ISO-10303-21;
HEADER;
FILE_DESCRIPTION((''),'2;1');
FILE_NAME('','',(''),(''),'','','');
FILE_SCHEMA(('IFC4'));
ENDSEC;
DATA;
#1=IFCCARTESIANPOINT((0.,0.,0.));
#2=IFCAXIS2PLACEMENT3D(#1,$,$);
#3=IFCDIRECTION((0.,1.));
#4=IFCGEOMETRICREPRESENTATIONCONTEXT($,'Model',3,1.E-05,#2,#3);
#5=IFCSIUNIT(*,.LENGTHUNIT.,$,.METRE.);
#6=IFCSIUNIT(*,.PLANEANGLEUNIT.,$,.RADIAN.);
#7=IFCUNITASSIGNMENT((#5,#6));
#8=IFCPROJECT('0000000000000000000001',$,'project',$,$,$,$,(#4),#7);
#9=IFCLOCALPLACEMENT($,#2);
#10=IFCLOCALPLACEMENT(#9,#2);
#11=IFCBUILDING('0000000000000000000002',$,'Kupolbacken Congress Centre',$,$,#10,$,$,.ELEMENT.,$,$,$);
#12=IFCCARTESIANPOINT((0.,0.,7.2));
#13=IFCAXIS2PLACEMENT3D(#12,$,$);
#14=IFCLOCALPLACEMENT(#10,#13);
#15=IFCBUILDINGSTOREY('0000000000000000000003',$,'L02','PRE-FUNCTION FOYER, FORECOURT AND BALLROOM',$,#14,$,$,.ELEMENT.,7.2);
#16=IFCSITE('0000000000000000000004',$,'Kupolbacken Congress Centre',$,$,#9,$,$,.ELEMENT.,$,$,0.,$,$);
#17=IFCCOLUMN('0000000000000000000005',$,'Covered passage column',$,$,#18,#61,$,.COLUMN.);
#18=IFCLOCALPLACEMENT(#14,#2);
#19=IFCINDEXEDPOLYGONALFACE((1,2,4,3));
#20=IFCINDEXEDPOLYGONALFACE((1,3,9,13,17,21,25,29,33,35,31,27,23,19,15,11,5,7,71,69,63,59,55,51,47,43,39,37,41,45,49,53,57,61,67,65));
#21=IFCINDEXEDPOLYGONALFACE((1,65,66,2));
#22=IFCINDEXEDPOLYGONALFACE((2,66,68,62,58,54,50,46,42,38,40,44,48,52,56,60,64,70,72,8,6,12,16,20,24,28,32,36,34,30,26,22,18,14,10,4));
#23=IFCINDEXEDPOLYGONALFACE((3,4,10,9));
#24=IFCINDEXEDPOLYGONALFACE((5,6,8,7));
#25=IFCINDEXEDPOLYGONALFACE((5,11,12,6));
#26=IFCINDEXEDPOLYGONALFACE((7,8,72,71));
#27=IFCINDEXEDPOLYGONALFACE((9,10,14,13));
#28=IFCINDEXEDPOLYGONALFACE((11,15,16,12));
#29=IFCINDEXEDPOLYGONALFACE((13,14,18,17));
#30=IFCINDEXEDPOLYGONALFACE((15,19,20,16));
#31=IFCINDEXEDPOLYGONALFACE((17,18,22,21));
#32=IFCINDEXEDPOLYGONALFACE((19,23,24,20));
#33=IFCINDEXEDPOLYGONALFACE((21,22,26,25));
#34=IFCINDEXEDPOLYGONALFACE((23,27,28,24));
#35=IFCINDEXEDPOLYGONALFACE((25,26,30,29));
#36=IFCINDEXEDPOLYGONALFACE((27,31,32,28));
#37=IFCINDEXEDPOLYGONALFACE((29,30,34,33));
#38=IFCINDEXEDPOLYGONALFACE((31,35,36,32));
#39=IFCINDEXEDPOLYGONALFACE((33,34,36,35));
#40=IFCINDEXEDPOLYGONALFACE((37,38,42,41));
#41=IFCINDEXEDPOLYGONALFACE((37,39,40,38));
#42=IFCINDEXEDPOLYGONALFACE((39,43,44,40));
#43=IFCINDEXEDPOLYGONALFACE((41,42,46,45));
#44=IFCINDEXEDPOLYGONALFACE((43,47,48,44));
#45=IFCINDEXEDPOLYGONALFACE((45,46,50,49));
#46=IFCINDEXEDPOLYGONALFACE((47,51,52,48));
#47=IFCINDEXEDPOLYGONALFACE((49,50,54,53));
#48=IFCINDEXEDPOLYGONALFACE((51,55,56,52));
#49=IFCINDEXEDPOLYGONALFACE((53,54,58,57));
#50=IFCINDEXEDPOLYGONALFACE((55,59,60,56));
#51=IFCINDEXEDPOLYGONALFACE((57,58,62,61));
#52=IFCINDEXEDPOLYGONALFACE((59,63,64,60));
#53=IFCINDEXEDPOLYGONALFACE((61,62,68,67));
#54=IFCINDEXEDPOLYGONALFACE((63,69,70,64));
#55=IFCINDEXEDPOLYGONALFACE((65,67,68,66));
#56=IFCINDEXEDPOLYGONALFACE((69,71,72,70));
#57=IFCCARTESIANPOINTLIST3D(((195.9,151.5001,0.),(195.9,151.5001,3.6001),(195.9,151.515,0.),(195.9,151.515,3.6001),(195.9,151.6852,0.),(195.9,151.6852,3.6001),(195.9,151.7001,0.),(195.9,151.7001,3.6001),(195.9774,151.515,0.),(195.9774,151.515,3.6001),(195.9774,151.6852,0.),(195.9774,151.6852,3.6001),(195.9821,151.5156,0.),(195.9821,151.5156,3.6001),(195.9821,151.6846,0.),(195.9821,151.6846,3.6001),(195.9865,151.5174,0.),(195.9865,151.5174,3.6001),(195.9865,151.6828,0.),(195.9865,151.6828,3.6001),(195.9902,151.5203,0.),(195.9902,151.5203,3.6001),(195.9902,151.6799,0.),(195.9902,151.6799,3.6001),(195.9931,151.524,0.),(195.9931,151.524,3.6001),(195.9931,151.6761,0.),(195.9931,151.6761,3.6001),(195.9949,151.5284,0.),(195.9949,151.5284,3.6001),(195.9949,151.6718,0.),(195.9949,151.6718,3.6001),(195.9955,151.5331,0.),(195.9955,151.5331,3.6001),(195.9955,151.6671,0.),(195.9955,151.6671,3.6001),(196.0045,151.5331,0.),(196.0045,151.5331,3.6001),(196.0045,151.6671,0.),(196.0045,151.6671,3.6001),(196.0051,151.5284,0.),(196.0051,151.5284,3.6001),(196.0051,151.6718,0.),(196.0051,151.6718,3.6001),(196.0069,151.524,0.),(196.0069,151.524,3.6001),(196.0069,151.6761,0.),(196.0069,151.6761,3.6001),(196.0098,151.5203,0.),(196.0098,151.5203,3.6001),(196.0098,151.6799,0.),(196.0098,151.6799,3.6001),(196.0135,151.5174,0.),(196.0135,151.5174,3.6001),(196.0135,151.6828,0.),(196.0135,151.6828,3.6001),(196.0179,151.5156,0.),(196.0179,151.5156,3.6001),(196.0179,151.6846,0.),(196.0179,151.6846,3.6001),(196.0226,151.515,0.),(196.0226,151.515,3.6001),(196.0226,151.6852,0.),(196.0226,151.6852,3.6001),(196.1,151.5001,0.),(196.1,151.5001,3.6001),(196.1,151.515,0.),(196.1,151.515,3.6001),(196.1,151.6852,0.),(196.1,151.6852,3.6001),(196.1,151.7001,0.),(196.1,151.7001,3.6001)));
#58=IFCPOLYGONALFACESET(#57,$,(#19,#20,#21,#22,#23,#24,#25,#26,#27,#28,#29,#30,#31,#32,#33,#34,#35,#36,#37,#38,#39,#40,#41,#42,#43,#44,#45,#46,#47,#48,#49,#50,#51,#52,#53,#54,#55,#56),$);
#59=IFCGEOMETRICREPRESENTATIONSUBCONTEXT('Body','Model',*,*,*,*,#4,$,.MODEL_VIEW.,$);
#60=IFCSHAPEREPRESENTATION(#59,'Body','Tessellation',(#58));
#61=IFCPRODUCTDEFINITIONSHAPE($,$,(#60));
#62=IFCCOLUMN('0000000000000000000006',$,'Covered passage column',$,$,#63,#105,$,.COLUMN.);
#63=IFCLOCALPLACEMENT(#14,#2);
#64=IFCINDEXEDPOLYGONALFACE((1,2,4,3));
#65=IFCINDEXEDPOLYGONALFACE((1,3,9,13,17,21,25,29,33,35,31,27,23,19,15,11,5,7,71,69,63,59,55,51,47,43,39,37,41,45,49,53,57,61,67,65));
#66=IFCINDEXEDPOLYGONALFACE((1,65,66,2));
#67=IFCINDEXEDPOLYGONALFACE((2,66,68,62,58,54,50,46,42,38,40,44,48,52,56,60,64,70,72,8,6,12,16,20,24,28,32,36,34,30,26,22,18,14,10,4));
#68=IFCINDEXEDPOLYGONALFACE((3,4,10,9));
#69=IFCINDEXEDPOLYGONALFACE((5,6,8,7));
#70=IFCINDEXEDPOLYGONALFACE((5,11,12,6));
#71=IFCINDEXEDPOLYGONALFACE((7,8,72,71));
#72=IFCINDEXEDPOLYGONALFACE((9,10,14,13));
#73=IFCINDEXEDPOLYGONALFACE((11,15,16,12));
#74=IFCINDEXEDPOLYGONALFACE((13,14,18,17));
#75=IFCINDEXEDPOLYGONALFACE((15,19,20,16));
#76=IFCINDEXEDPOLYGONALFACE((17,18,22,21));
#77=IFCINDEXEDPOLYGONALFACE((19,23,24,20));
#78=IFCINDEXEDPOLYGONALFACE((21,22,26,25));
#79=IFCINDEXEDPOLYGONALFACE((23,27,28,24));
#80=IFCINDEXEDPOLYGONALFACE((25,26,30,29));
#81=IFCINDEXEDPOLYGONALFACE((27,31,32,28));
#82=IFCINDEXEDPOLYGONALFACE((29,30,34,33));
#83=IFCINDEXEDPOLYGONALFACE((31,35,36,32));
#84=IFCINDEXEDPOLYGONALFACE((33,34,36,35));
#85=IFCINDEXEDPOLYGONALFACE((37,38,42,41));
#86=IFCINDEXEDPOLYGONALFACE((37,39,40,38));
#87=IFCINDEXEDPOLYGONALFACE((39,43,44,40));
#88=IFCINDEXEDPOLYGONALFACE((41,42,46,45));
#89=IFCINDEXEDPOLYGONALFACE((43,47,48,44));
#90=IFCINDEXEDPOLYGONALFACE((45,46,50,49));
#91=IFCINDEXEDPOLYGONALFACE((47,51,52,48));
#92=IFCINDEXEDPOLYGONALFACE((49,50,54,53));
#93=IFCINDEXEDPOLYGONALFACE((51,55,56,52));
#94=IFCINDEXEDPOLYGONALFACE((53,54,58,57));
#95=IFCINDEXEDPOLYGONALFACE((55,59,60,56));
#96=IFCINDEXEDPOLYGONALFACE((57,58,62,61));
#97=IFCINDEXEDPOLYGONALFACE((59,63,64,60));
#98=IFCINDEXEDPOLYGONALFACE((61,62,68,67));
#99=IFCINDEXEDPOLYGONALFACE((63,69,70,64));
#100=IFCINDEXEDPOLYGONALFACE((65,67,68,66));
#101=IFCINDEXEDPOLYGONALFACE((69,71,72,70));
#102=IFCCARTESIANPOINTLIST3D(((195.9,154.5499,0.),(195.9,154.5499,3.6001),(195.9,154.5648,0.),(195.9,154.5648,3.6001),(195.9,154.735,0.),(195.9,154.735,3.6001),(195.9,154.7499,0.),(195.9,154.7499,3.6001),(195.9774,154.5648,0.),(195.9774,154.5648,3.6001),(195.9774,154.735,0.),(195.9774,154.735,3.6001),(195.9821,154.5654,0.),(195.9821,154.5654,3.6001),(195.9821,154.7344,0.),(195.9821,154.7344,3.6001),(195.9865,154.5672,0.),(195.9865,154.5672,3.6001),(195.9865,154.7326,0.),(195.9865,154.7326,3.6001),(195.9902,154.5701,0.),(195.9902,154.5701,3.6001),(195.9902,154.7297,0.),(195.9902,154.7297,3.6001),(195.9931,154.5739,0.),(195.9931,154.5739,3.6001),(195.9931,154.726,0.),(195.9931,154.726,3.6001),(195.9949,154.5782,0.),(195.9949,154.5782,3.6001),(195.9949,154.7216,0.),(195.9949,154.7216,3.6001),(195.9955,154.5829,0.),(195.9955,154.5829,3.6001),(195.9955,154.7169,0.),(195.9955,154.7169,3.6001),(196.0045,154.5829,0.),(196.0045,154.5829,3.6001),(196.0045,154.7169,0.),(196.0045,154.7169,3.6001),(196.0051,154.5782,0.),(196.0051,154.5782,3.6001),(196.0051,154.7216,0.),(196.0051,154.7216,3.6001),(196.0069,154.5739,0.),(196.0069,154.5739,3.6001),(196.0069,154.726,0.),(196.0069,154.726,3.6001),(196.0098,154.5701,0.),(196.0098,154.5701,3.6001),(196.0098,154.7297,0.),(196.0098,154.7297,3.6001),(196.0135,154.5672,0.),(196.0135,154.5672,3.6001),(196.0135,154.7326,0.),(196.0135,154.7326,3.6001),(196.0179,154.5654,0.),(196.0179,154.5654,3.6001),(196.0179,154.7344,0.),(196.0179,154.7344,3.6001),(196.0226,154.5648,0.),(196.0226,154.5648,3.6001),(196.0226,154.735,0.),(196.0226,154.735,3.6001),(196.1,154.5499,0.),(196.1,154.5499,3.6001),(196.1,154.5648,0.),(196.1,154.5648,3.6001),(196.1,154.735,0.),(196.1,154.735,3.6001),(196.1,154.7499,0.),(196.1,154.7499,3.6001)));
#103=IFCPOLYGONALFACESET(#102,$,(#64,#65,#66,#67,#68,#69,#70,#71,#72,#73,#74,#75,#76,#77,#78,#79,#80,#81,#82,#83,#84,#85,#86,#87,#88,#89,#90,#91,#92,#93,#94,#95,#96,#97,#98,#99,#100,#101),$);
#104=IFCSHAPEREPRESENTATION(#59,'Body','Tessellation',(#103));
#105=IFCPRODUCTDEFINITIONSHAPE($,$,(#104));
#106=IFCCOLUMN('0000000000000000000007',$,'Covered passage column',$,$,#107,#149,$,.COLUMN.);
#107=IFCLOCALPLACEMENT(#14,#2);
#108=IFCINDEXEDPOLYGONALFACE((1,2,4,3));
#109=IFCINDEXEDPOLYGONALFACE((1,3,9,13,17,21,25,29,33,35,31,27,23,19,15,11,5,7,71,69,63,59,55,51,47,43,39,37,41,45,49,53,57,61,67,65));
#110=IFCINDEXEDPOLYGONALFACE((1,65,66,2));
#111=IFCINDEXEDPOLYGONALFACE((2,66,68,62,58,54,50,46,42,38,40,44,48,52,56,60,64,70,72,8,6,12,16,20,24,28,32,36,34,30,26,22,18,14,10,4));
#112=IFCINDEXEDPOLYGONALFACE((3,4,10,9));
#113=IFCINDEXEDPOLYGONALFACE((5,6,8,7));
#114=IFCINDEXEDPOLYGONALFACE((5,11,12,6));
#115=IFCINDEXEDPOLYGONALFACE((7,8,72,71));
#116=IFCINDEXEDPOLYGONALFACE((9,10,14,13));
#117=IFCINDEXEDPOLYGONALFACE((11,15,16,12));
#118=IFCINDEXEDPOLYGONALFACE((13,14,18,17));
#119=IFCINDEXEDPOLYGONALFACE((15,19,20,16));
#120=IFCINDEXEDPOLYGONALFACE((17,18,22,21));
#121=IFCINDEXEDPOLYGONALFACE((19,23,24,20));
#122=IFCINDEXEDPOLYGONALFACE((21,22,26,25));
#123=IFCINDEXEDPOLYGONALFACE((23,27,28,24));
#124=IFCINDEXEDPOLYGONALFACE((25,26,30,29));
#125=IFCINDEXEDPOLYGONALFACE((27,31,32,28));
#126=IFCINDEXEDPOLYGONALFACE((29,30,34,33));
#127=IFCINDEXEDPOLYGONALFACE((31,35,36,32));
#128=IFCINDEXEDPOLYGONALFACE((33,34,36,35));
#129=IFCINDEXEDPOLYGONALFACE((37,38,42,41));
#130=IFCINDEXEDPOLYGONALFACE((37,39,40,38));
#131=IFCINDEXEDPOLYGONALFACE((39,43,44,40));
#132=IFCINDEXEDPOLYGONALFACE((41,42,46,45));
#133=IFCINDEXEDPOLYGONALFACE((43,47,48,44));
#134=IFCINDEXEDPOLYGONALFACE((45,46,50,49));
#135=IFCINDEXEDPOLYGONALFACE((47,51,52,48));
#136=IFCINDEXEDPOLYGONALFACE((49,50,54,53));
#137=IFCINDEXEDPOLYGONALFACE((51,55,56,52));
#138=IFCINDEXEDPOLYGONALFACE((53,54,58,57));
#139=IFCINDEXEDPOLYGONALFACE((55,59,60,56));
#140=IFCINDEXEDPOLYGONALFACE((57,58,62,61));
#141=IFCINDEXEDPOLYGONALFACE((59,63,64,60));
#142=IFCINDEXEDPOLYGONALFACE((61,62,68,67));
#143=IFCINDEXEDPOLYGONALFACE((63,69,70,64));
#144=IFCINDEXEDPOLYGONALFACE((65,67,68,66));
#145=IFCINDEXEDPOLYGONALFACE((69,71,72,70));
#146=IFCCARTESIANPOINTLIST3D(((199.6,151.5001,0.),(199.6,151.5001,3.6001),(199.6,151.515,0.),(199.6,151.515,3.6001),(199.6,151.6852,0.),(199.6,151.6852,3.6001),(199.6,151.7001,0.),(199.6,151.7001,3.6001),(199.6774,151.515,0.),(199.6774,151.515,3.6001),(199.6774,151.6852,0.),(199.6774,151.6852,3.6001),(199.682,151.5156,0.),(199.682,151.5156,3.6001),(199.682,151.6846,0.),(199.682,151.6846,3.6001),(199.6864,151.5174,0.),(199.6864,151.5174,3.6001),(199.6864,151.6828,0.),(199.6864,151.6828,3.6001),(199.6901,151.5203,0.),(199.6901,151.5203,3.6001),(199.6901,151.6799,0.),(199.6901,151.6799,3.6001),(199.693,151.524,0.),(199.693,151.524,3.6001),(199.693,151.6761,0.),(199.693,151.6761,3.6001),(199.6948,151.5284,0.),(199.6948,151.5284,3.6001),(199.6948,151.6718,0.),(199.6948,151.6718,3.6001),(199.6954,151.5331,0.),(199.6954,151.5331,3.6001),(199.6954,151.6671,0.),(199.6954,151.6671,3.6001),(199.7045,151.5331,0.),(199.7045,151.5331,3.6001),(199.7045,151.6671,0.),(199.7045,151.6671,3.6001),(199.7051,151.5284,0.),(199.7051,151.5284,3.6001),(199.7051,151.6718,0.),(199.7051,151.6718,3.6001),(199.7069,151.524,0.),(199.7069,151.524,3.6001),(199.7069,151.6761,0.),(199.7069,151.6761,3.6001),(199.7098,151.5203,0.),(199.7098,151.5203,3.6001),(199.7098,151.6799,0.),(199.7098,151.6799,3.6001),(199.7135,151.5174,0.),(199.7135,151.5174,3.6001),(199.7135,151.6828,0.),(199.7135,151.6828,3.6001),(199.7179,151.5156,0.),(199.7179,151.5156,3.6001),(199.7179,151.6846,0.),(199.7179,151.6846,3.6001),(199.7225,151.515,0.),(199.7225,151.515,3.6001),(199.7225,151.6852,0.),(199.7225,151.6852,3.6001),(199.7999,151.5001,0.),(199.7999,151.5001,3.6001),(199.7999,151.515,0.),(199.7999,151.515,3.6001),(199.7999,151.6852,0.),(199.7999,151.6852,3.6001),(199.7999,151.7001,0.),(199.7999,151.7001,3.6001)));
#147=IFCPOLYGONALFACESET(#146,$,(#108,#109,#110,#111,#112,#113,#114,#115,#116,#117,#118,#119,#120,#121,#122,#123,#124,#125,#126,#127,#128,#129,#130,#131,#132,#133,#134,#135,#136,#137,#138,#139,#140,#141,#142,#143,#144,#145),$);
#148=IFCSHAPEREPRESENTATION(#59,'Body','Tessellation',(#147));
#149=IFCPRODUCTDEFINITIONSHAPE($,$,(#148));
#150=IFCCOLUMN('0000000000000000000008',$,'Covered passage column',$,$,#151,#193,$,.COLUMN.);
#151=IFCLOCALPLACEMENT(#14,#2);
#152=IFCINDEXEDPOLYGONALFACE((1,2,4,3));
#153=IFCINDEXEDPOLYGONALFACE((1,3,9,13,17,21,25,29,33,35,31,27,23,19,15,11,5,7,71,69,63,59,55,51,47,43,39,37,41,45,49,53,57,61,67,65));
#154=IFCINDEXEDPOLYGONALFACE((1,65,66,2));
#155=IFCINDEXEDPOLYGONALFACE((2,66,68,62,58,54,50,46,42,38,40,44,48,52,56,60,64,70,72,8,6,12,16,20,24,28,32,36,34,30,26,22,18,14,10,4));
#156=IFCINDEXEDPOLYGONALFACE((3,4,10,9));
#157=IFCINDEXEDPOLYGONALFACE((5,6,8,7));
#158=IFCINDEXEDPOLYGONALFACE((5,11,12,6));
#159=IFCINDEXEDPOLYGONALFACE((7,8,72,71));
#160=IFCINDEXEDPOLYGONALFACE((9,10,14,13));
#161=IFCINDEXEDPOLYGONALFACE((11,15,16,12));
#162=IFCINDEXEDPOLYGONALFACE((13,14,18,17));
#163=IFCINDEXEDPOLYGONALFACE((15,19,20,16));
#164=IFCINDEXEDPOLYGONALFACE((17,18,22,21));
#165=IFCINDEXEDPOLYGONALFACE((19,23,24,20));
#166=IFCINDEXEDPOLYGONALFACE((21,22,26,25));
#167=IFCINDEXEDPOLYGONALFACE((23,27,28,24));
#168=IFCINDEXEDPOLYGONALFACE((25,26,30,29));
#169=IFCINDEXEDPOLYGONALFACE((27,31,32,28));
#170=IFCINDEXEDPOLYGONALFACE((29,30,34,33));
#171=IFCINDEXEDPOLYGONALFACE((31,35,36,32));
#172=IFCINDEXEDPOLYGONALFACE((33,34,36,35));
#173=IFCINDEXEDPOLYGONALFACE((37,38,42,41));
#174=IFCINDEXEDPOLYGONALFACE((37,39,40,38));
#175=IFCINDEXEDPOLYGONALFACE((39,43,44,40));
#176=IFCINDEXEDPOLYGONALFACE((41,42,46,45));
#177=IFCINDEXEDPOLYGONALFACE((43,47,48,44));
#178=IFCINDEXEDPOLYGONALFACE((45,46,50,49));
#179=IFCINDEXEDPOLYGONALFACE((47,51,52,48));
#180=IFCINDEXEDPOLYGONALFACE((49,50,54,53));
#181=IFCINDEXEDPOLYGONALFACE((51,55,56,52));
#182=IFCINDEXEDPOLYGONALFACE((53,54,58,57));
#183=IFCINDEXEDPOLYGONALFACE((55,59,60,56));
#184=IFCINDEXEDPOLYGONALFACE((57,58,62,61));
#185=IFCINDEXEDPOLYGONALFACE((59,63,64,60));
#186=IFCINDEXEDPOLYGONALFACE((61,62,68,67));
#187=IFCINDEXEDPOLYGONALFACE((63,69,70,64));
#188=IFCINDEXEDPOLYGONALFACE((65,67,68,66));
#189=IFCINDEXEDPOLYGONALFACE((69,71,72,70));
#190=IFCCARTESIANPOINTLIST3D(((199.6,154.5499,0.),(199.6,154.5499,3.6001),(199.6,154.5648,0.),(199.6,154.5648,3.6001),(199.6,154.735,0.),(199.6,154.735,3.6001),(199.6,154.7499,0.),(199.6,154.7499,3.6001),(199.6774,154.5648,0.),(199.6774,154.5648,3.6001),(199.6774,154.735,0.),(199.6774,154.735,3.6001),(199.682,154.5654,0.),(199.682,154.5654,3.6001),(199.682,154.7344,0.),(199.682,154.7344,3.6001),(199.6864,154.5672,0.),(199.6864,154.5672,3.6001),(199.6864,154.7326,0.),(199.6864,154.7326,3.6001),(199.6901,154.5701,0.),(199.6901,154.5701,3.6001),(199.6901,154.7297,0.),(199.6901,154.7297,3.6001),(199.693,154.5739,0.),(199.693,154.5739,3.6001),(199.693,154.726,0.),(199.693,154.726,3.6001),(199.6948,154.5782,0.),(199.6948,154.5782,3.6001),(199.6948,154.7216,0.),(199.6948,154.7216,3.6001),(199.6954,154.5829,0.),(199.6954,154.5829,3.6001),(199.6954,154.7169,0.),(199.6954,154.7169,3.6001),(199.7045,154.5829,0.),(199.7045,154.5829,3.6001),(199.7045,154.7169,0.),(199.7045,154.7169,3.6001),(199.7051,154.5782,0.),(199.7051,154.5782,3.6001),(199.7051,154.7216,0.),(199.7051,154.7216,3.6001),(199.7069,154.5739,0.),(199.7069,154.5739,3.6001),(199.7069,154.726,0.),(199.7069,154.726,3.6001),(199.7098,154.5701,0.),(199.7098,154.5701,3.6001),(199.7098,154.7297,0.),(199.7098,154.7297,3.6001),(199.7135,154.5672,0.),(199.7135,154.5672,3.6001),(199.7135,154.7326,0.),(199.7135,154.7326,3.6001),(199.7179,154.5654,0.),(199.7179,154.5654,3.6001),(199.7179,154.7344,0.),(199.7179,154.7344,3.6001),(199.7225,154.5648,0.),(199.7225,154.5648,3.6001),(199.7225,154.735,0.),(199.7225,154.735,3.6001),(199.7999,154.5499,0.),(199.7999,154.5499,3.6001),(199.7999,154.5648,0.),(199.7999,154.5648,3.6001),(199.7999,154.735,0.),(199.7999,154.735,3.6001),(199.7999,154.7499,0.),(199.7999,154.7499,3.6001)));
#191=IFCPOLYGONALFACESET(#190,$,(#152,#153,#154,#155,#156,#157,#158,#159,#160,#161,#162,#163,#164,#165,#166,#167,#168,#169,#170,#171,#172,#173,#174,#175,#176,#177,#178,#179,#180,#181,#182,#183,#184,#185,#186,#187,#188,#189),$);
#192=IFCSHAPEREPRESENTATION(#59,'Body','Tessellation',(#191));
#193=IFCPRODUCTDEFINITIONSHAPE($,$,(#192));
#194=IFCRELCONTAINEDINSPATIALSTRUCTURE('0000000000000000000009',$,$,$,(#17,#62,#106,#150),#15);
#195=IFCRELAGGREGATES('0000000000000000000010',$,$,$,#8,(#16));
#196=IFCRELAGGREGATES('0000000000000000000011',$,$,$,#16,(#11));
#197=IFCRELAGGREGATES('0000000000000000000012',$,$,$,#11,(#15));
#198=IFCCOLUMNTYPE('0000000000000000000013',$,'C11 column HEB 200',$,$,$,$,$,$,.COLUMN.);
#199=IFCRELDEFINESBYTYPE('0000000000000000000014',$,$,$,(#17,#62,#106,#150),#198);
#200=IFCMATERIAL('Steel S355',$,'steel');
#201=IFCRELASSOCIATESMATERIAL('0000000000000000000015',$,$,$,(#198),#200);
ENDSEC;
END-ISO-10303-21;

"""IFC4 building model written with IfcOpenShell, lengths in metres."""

from ifc_helpers import new_model, si_unit, direction, frame, origin, origin_2d, place, context, subcontext, project, spatial, i_section, extrude, material, material_profile, profile_set, type_object, element, save


model = new_model("IFC4")

# Units and contexts
model_context = context("Model", 3, precision=1e-05, world=origin(), true_north=direction((0.0, 1.0)))
body_context = subcontext(model_context, "Body", "Model", "MODEL_VIEW")
ifc_project = project(units=[si_unit("LENGTHUNIT", "METRE"), si_unit("PLANEANGLEUNIT", "RADIAN")], contexts=[model_context])

# Site, building, storey
site_placement = place(None, origin())
site = spatial("IfcSite", under=ifc_project, at=site_placement, Name="Kupolbacken Congress Centre", CompositionType="ELEMENT", RefElevation=0.0)
building_placement = place(site_placement, origin())
building = spatial("IfcBuilding", under=site, at=building_placement, Name="Kupolbacken Congress Centre", CompositionType="ELEMENT")
storey_placement = place(building_placement, frame((0.0, 0.0, 7.2)))
storey = spatial("IfcBuildingStorey", under=building, at=storey_placement, Name="L02", Description="PRE-FUNCTION FOYER, FORECOURT AND BALLROOM", CompositionType="ELEMENT", Elevation=7.2)

# Columns
ifc_material_1 = material(Name="Steel S355", Category="steel")
ifc_material_profile_1 = material_profile(ifc_material_1, i_section(OverallWidth=0.2, OverallDepth=0.2, WebThickness=0.009, FlangeThickness=0.0149, FilletRadius=0.0181, at=origin_2d()), Name="HEB 200")
ifc_profile_set_1 = profile_set([ifc_material_profile_1], Name="Steel S355")
column_type_1 = type_object("IfcColumnType", Name="C11 column HEB 200", PredefinedType="COLUMN", material=ifc_profile_set_1)
for number, where, z_axis, x_axis, name in (
    (1, (196.0, 151.6001, 0.0), (0.0, 0.0, 1.0), (1.0, 0.0, 0.0), "Covered passage column"),
    (2, (196.0, 154.6499, 0.0), (0.0, 0.0, 1.0), (1.0, 0.0, 0.0), "Covered passage column"),
    (3, (199.7, 151.6001, 0.0), (0.0, 0.0, 1.0), (1.0, 0.0, 0.0), "Covered passage column"),
    (4, (199.7, 154.6499, 0.0), (0.0, 0.0, 1.0), (1.0, 0.0, 0.0), "Covered passage column"),
):
    element("IfcColumn", number, at=place(storey_placement, frame(where, z_axis=z_axis, x_axis=x_axis)), inside=storey, type_object=column_type_1, Name=name, PredefinedType="COLUMN", context=body_context, shape_type="SweptSolid", body=[
        extrude(i_section(OverallWidth=0.2, OverallDepth=0.2, WebThickness=0.009, FlangeThickness=0.0149, FilletRadius=0.0181, at=origin_2d()), origin(), (0.0, 0.0, 1.0), 3.6001),
    ])

save(model, "model.ifc")
